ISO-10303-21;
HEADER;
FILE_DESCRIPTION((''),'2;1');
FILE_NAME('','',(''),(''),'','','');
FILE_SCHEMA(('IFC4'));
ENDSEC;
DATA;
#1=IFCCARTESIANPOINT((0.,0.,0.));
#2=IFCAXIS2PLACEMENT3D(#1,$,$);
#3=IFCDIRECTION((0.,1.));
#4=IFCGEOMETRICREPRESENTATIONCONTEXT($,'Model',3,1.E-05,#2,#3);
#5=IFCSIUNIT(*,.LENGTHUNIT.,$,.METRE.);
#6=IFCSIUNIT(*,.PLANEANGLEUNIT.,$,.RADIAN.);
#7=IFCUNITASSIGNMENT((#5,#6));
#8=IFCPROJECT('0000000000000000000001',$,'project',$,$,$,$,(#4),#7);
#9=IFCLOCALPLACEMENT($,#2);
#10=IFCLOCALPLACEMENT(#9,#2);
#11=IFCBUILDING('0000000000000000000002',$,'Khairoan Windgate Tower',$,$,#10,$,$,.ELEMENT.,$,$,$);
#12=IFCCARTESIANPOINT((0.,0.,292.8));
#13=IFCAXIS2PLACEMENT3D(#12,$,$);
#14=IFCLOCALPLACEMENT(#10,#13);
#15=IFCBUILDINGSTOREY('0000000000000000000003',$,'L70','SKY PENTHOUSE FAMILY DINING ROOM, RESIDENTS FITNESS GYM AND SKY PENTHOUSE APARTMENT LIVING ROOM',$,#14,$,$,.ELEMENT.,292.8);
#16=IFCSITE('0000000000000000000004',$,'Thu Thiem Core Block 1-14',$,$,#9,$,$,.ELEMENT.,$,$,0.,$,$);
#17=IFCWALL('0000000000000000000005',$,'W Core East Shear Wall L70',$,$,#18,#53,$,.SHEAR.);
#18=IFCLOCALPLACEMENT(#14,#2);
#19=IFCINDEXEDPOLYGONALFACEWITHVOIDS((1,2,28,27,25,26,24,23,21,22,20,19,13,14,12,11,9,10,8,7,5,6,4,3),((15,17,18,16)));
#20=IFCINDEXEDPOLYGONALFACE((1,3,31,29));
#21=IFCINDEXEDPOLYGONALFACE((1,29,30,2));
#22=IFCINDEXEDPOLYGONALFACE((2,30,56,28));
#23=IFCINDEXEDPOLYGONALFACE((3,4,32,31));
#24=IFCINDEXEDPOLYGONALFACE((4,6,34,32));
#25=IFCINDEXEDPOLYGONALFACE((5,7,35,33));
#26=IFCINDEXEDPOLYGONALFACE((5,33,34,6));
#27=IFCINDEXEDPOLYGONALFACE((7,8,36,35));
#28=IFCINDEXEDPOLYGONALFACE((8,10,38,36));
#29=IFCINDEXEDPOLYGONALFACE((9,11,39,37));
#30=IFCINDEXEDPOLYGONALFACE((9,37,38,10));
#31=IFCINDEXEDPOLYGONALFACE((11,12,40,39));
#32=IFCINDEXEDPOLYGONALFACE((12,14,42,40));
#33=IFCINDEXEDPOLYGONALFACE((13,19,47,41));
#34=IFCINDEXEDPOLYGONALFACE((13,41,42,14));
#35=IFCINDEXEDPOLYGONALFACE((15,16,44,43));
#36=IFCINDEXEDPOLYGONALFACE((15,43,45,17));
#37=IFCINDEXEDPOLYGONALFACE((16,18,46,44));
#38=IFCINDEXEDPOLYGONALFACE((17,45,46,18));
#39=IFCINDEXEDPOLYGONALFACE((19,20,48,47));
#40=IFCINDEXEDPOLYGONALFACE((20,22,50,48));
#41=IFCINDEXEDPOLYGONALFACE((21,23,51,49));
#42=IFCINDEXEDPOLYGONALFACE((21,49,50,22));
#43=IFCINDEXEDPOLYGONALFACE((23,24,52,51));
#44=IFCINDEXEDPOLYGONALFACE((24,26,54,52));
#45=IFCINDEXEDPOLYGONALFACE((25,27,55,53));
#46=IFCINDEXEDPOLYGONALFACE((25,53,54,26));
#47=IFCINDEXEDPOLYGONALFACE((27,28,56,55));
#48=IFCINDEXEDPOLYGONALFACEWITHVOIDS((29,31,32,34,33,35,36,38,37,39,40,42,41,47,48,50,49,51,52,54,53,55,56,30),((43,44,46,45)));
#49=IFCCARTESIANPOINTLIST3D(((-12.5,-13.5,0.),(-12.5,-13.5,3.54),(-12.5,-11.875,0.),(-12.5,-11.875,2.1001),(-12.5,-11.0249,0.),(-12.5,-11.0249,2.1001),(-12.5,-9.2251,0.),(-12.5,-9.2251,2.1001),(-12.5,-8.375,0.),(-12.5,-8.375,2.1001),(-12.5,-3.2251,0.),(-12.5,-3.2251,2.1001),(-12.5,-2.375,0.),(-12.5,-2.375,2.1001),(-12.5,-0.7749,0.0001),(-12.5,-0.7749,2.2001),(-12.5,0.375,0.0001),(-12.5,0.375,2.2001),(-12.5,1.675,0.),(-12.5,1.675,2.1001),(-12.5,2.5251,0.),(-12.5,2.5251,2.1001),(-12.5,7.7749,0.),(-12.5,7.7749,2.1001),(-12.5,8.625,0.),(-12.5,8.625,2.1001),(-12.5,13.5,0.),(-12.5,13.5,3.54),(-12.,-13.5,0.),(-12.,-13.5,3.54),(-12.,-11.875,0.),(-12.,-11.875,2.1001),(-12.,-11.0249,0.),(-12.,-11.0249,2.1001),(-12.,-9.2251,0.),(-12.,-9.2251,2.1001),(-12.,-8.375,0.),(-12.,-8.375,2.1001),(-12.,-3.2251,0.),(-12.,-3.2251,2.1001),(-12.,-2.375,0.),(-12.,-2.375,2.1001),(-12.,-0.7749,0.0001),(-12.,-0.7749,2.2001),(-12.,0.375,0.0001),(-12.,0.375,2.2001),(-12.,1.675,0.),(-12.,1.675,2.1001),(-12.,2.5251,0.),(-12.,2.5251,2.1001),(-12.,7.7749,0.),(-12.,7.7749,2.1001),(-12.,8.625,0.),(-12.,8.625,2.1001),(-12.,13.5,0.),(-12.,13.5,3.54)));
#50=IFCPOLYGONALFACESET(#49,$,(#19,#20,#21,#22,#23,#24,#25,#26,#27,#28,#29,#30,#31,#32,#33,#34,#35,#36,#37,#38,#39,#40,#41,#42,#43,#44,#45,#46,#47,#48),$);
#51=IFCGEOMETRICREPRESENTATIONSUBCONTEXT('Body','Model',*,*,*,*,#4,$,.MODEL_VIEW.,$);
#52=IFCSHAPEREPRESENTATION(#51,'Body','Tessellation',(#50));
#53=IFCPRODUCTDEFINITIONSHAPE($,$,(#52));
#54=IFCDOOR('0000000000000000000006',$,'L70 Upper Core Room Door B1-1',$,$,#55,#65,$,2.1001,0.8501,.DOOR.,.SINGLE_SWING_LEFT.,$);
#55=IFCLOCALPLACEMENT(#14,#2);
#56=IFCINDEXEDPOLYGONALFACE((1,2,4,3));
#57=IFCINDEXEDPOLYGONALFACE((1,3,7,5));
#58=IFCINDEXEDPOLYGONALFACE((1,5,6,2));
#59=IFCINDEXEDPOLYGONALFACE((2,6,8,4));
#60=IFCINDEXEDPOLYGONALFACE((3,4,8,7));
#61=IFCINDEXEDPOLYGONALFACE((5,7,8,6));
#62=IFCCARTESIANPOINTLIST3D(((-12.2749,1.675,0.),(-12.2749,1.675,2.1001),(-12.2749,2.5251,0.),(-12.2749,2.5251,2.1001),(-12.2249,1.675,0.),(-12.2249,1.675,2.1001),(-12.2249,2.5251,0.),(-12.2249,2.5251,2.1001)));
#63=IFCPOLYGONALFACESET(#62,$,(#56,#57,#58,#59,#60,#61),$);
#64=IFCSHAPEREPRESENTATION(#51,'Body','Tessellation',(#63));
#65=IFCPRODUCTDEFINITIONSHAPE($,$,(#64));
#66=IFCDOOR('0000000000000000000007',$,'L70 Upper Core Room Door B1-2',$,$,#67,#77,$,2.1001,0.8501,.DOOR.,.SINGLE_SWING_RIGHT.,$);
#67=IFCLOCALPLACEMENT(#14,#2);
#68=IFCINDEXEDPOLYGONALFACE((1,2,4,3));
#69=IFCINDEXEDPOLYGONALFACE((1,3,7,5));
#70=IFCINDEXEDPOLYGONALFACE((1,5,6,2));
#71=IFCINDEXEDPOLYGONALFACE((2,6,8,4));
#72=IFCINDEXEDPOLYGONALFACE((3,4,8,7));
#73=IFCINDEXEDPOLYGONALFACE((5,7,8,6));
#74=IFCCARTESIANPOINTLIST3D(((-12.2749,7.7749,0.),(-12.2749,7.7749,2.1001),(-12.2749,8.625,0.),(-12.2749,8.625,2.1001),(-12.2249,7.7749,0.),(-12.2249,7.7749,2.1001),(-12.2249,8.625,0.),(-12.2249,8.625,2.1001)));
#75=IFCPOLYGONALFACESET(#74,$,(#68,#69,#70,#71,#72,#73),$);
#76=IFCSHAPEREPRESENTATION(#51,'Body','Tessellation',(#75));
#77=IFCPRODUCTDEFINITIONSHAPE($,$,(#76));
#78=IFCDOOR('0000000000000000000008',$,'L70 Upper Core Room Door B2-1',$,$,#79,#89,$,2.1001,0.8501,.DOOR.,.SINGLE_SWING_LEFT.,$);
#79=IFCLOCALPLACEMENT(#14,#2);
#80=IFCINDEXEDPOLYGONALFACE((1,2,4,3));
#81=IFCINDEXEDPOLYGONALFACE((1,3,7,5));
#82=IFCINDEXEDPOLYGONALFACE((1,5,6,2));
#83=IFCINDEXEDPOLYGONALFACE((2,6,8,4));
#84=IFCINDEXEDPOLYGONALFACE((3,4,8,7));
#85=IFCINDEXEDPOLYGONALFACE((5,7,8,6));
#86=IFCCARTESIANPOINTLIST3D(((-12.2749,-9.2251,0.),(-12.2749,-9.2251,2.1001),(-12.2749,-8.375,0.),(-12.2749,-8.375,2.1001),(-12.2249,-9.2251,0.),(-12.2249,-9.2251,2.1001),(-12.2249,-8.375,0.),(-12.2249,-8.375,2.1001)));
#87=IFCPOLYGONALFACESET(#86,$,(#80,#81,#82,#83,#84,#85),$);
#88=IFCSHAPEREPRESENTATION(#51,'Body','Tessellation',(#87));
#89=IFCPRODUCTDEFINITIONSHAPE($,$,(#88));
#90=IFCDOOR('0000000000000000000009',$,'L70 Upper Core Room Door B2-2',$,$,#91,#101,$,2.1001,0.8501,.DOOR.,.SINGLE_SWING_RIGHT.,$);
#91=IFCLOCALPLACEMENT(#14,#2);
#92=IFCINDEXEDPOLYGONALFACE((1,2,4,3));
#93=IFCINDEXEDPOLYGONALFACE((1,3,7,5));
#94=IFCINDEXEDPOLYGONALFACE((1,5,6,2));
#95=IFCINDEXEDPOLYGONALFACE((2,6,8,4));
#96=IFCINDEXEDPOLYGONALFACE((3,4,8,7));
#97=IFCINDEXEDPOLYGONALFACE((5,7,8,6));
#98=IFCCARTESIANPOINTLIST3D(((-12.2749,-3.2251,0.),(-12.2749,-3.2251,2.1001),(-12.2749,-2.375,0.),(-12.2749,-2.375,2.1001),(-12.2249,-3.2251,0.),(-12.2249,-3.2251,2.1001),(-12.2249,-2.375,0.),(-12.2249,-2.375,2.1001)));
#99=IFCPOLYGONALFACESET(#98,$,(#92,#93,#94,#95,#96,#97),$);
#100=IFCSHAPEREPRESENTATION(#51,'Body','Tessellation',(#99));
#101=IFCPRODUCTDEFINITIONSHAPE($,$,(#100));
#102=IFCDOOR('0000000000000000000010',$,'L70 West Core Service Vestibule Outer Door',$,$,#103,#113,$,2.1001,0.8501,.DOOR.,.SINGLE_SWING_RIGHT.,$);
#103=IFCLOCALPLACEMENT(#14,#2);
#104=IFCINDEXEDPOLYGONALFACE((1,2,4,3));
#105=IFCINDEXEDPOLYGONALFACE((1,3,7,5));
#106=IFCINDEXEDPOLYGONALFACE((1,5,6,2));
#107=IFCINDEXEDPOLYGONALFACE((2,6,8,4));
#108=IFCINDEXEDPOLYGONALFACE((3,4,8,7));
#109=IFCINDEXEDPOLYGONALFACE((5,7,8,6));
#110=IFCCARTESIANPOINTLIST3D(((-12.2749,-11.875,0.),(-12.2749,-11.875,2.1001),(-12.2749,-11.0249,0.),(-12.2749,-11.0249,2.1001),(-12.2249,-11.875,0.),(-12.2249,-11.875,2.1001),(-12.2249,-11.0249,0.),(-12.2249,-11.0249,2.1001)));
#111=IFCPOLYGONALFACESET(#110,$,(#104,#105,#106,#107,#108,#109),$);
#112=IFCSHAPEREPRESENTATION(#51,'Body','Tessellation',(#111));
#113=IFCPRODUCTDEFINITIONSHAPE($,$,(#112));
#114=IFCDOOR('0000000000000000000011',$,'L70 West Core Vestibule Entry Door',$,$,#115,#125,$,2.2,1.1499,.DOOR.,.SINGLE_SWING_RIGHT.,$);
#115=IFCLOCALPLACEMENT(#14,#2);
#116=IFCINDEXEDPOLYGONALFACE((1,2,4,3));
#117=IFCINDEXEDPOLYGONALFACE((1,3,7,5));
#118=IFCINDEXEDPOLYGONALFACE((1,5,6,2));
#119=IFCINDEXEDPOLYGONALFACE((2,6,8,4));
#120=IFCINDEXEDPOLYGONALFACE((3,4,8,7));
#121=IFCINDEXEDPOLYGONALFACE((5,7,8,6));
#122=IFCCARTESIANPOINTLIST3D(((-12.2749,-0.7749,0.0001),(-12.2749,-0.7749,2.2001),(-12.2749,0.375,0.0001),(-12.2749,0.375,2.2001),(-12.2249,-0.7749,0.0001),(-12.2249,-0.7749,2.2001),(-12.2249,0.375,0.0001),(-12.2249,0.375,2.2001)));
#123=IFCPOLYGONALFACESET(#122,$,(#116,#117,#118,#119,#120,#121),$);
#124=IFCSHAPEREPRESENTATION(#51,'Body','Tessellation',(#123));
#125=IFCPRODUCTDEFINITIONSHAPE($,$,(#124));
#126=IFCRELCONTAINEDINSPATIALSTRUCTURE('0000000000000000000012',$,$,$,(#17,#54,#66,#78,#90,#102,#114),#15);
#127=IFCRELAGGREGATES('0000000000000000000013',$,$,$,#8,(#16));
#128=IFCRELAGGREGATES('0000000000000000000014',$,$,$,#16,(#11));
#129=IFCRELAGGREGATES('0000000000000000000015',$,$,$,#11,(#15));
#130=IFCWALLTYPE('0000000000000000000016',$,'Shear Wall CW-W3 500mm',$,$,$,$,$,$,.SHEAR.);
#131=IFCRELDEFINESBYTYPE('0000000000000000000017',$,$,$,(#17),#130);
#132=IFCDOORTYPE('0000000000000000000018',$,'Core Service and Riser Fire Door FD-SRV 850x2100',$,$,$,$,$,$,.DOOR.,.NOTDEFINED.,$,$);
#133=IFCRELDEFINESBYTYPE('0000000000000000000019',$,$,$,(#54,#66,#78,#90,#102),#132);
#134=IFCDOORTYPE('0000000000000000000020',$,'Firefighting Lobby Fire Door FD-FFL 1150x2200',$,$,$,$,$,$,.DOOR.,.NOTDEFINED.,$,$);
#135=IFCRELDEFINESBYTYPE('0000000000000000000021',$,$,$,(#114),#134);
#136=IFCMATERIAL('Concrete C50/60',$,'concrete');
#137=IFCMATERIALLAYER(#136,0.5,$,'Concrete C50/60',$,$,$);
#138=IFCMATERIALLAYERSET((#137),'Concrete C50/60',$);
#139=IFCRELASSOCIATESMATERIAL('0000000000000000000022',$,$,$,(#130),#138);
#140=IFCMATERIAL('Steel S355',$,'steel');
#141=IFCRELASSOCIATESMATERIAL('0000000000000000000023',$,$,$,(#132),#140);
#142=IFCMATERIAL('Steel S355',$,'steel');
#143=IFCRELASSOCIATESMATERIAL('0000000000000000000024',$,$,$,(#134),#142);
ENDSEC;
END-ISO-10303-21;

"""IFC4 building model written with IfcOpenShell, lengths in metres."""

from ifc_helpers import new_model, si_unit, direction, frame, frame_2d, origin, place, context, subcontext, project, spatial, rectangle, extrude, material, layer, layer_set, type_object, element, fill, save


model = new_model("IFC4")

# Units and contexts
model_context = context("Model", 3, precision=1e-05, world=origin(), true_north=direction((0.0, 1.0)))
body_context = subcontext(model_context, "Body", "Model", "MODEL_VIEW")
ifc_project = project(units=[si_unit("LENGTHUNIT", "METRE"), si_unit("PLANEANGLEUNIT", "RADIAN")], contexts=[model_context])

# Site, building, storey
site_placement = place(None, origin())
site = spatial("IfcSite", under=ifc_project, at=site_placement, Name="Thu Thiem Core Block 1-14", CompositionType="ELEMENT", RefElevation=0.0)
building_placement = place(site_placement, origin())
building = spatial("IfcBuilding", under=site, at=building_placement, Name="Khairoan Windgate Tower", CompositionType="ELEMENT")
storey_placement = place(building_placement, frame((0.0, 0.0, 292.8)))
storey = spatial("IfcBuildingStorey", under=building, at=storey_placement, Name="L70", Description="SKY PENTHOUSE FAMILY DINING ROOM, RESIDENTS FITNESS GYM AND SKY PENTHOUSE APARTMENT LIVING ROOM", CompositionType="ELEMENT", Elevation=292.8)

# Wall, openings, doors
ifc_material_1 = material(Name="Concrete C50/60", Category="concrete")
ifc_layer_1 = layer(ifc_material_1, 0.5, Name="Concrete C50/60")
ifc_layer_set_1 = layer_set([ifc_layer_1], Name="Concrete C50/60")
wall_type_1 = type_object("IfcWallType", Name="Shear Wall CW-W3 500mm", PredefinedType="SHEAR", material=ifc_layer_set_1)
wall_1_placement = place(storey_placement, frame((-12.25, -13.5, 0.0), z_axis=(0.0, 0.0, 1.0), x_axis=(0.0, 1.0, 0.0)))
wall_1 = element("IfcWall", 1, at=wall_1_placement, inside=storey, type_object=wall_type_1, Name="W Core East Shear Wall L70", PredefinedType="SHEAR", context=body_context, shape_type="SweptSolid", body=[
    extrude(rectangle(XDim=27.0, YDim=0.5, at=frame_2d((13.5, 0.0))), origin(), (0.0, 0.0, 1.0), 3.54),
])
opening_1_placement = place(wall_1_placement, frame((15.175, 0.0, 0.0)))
opening_1 = element("IfcOpeningElement", 2, at=opening_1_placement, cuts=wall_1, PredefinedType="OPENING", context=body_context, shape_type="SweptSolid", body=[
    extrude(rectangle(XDim=0.8501, YDim=2.1001, at=frame_2d((0.425, 1.05))), frame((0.0, 0.26, 0.0), z_axis=(0.0, -1.0, 0.0), x_axis=(1.0, 0.0, 0.0)), (0.0, 0.0, 1.0), 0.52),
])
opening_2_placement = place(wall_1_placement, frame((21.2749, 0.0, 0.0)))
opening_2 = element("IfcOpeningElement", 3, at=opening_2_placement, cuts=wall_1, PredefinedType="OPENING", context=body_context, shape_type="SweptSolid", body=[
    extrude(rectangle(XDim=0.8501, YDim=2.1001, at=frame_2d((0.425, 1.05))), frame((0.0, 0.26, 0.0), z_axis=(0.0, -1.0, 0.0), x_axis=(1.0, 0.0, 0.0)), (0.0, 0.0, 1.0), 0.52),
])
opening_3_placement = place(wall_1_placement, frame((4.2749, 0.0, 0.0)))
opening_3 = element("IfcOpeningElement", 4, at=opening_3_placement, cuts=wall_1, PredefinedType="OPENING", context=body_context, shape_type="SweptSolid", body=[
    extrude(rectangle(XDim=0.8501, YDim=2.1001, at=frame_2d((0.425, 1.05))), frame((0.0, 0.26, 0.0), z_axis=(0.0, -1.0, 0.0), x_axis=(1.0, 0.0, 0.0)), (0.0, 0.0, 1.0), 0.52),
])
opening_4_placement = place(wall_1_placement, frame((10.2749, 0.0, 0.0)))
opening_4 = element("IfcOpeningElement", 5, at=opening_4_placement, cuts=wall_1, PredefinedType="OPENING", context=body_context, shape_type="SweptSolid", body=[
    extrude(rectangle(XDim=0.8501, YDim=2.1001, at=frame_2d((0.425, 1.05))), frame((0.0, 0.26, 0.0), z_axis=(0.0, -1.0, 0.0), x_axis=(1.0, 0.0, 0.0)), (0.0, 0.0, 1.0), 0.52),
])
opening_5_placement = place(wall_1_placement, frame((12.7251, 0.0, 0.0)))
opening_5 = element("IfcOpeningElement", 6, at=opening_5_placement, cuts=wall_1, PredefinedType="OPENING", context=body_context, shape_type="SweptSolid", body=[
    extrude(rectangle(XDim=1.1499, YDim=2.2, at=frame_2d((0.575, 1.1001))), frame((0.0, 0.26, 0.0), z_axis=(0.0, -1.0, 0.0), x_axis=(1.0, 0.0, 0.0)), (0.0, 0.0, 1.0), 0.52),
])
opening_6_placement = place(wall_1_placement, frame((1.625, 0.0, 0.0)))
opening_6 = element("IfcOpeningElement", 7, at=opening_6_placement, cuts=wall_1, PredefinedType="OPENING", context=body_context, shape_type="SweptSolid", body=[
    extrude(rectangle(XDim=0.8501, YDim=2.1001, at=frame_2d((0.425, 1.05))), frame((0.0, 0.26, 0.0), z_axis=(0.0, -1.0, 0.0), x_axis=(1.0, 0.0, 0.0)), (0.0, 0.0, 1.0), 0.52),
])
ifc_material_2 = material(Name="Steel S355", Category="steel")
door_type_1 = type_object("IfcDoorType", Name="Core Service and Riser Fire Door FD-SRV 850x2100", OperationType="NOTDEFINED", PredefinedType="DOOR", material=ifc_material_2)
door_1_placement = place(opening_1_placement, origin())
door_1 = element("IfcDoor", 8, at=door_1_placement, inside=storey, type_object=door_type_1, Name="L70 Upper Core Room Door B1-1", OperationType="SINGLE_SWING_LEFT", OverallHeight=2.1001, OverallWidth=0.8501, PredefinedType="DOOR", context=body_context, shape_type="SweptSolid", body=[
    extrude(rectangle(XDim=0.8501, YDim=2.1001, at=frame_2d((0.425, 1.05))), frame((0.0, 0.0249, 0.0), z_axis=(0.0, -1.0, 0.0), x_axis=(1.0, 0.0, 0.0)), (0.0, 0.0, 1.0), 0.05),
])
fill(opening_1, door_1)
door_2_placement = place(opening_2_placement, origin())
door_2 = element("IfcDoor", 9, at=door_2_placement, inside=storey, type_object=door_type_1, Name="L70 Upper Core Room Door B1-2", OperationType="SINGLE_SWING_RIGHT", OverallHeight=2.1001, OverallWidth=0.8501, PredefinedType="DOOR", context=body_context, shape_type="SweptSolid", body=[
    extrude(rectangle(XDim=0.8501, YDim=2.1001, at=frame_2d((0.425, 1.05))), frame((0.0, 0.0249, 0.0), z_axis=(0.0, -1.0, 0.0), x_axis=(1.0, 0.0, 0.0)), (0.0, 0.0, 1.0), 0.05),
])
fill(opening_2, door_2)
door_3_placement = place(opening_3_placement, origin())
door_3 = element("IfcDoor", 10, at=door_3_placement, inside=storey, type_object=door_type_1, Name="L70 Upper Core Room Door B2-1", OperationType="SINGLE_SWING_LEFT", OverallHeight=2.1001, OverallWidth=0.8501, PredefinedType="DOOR", context=body_context, shape_type="SweptSolid", body=[
    extrude(rectangle(XDim=0.8501, YDim=2.1001, at=frame_2d((0.425, 1.05))), frame((0.0, 0.0249, 0.0), z_axis=(0.0, -1.0, 0.0), x_axis=(1.0, 0.0, 0.0)), (0.0, 0.0, 1.0), 0.05),
])
fill(opening_3, door_3)
door_4_placement = place(opening_4_placement, origin())
door_4 = element("IfcDoor", 11, at=door_4_placement, inside=storey, type_object=door_type_1, Name="L70 Upper Core Room Door B2-2", OperationType="SINGLE_SWING_RIGHT", OverallHeight=2.1001, OverallWidth=0.8501, PredefinedType="DOOR", context=body_context, shape_type="SweptSolid", body=[
    extrude(rectangle(XDim=0.8501, YDim=2.1001, at=frame_2d((0.425, 1.05))), frame((0.0, 0.0249, 0.0), z_axis=(0.0, -1.0, 0.0), x_axis=(1.0, 0.0, 0.0)), (0.0, 0.0, 1.0), 0.05),
])
fill(opening_4, door_4)
door_5_placement = place(opening_6_placement, origin())
door_5 = element("IfcDoor", 12, at=door_5_placement, inside=storey, type_object=door_type_1, Name="L70 West Core Service Vestibule Outer Door", OperationType="SINGLE_SWING_RIGHT", OverallHeight=2.1001, OverallWidth=0.8501, PredefinedType="DOOR", context=body_context, shape_type="SweptSolid", body=[
    extrude(rectangle(XDim=0.8501, YDim=2.1001, at=frame_2d((0.425, 1.05))), frame((0.0, 0.0249, 0.0), z_axis=(0.0, -1.0, 0.0), x_axis=(1.0, 0.0, 0.0)), (0.0, 0.0, 1.0), 0.05),
])
fill(opening_6, door_5)
ifc_material_3 = material(Name="Steel S355", Category="steel")
door_type_2 = type_object("IfcDoorType", Name="Firefighting Lobby Fire Door FD-FFL 1150x2200", OperationType="NOTDEFINED", PredefinedType="DOOR", material=ifc_material_3)
door_6_placement = place(opening_5_placement, origin())
door_6 = element("IfcDoor", 13, at=door_6_placement, inside=storey, type_object=door_type_2, Name="L70 West Core Vestibule Entry Door", OperationType="SINGLE_SWING_RIGHT", OverallHeight=2.2, OverallWidth=1.1499, PredefinedType="DOOR", context=body_context, shape_type="SweptSolid", body=[
    extrude(rectangle(XDim=1.1499, YDim=2.2, at=frame_2d((0.575, 1.1001))), frame((0.0, 0.0249, 0.0), z_axis=(0.0, -1.0, 0.0), x_axis=(1.0, 0.0, 0.0)), (0.0, 0.0, 1.0), 0.05),
])
fill(opening_5, door_6)

save(model, "model.ifc")
